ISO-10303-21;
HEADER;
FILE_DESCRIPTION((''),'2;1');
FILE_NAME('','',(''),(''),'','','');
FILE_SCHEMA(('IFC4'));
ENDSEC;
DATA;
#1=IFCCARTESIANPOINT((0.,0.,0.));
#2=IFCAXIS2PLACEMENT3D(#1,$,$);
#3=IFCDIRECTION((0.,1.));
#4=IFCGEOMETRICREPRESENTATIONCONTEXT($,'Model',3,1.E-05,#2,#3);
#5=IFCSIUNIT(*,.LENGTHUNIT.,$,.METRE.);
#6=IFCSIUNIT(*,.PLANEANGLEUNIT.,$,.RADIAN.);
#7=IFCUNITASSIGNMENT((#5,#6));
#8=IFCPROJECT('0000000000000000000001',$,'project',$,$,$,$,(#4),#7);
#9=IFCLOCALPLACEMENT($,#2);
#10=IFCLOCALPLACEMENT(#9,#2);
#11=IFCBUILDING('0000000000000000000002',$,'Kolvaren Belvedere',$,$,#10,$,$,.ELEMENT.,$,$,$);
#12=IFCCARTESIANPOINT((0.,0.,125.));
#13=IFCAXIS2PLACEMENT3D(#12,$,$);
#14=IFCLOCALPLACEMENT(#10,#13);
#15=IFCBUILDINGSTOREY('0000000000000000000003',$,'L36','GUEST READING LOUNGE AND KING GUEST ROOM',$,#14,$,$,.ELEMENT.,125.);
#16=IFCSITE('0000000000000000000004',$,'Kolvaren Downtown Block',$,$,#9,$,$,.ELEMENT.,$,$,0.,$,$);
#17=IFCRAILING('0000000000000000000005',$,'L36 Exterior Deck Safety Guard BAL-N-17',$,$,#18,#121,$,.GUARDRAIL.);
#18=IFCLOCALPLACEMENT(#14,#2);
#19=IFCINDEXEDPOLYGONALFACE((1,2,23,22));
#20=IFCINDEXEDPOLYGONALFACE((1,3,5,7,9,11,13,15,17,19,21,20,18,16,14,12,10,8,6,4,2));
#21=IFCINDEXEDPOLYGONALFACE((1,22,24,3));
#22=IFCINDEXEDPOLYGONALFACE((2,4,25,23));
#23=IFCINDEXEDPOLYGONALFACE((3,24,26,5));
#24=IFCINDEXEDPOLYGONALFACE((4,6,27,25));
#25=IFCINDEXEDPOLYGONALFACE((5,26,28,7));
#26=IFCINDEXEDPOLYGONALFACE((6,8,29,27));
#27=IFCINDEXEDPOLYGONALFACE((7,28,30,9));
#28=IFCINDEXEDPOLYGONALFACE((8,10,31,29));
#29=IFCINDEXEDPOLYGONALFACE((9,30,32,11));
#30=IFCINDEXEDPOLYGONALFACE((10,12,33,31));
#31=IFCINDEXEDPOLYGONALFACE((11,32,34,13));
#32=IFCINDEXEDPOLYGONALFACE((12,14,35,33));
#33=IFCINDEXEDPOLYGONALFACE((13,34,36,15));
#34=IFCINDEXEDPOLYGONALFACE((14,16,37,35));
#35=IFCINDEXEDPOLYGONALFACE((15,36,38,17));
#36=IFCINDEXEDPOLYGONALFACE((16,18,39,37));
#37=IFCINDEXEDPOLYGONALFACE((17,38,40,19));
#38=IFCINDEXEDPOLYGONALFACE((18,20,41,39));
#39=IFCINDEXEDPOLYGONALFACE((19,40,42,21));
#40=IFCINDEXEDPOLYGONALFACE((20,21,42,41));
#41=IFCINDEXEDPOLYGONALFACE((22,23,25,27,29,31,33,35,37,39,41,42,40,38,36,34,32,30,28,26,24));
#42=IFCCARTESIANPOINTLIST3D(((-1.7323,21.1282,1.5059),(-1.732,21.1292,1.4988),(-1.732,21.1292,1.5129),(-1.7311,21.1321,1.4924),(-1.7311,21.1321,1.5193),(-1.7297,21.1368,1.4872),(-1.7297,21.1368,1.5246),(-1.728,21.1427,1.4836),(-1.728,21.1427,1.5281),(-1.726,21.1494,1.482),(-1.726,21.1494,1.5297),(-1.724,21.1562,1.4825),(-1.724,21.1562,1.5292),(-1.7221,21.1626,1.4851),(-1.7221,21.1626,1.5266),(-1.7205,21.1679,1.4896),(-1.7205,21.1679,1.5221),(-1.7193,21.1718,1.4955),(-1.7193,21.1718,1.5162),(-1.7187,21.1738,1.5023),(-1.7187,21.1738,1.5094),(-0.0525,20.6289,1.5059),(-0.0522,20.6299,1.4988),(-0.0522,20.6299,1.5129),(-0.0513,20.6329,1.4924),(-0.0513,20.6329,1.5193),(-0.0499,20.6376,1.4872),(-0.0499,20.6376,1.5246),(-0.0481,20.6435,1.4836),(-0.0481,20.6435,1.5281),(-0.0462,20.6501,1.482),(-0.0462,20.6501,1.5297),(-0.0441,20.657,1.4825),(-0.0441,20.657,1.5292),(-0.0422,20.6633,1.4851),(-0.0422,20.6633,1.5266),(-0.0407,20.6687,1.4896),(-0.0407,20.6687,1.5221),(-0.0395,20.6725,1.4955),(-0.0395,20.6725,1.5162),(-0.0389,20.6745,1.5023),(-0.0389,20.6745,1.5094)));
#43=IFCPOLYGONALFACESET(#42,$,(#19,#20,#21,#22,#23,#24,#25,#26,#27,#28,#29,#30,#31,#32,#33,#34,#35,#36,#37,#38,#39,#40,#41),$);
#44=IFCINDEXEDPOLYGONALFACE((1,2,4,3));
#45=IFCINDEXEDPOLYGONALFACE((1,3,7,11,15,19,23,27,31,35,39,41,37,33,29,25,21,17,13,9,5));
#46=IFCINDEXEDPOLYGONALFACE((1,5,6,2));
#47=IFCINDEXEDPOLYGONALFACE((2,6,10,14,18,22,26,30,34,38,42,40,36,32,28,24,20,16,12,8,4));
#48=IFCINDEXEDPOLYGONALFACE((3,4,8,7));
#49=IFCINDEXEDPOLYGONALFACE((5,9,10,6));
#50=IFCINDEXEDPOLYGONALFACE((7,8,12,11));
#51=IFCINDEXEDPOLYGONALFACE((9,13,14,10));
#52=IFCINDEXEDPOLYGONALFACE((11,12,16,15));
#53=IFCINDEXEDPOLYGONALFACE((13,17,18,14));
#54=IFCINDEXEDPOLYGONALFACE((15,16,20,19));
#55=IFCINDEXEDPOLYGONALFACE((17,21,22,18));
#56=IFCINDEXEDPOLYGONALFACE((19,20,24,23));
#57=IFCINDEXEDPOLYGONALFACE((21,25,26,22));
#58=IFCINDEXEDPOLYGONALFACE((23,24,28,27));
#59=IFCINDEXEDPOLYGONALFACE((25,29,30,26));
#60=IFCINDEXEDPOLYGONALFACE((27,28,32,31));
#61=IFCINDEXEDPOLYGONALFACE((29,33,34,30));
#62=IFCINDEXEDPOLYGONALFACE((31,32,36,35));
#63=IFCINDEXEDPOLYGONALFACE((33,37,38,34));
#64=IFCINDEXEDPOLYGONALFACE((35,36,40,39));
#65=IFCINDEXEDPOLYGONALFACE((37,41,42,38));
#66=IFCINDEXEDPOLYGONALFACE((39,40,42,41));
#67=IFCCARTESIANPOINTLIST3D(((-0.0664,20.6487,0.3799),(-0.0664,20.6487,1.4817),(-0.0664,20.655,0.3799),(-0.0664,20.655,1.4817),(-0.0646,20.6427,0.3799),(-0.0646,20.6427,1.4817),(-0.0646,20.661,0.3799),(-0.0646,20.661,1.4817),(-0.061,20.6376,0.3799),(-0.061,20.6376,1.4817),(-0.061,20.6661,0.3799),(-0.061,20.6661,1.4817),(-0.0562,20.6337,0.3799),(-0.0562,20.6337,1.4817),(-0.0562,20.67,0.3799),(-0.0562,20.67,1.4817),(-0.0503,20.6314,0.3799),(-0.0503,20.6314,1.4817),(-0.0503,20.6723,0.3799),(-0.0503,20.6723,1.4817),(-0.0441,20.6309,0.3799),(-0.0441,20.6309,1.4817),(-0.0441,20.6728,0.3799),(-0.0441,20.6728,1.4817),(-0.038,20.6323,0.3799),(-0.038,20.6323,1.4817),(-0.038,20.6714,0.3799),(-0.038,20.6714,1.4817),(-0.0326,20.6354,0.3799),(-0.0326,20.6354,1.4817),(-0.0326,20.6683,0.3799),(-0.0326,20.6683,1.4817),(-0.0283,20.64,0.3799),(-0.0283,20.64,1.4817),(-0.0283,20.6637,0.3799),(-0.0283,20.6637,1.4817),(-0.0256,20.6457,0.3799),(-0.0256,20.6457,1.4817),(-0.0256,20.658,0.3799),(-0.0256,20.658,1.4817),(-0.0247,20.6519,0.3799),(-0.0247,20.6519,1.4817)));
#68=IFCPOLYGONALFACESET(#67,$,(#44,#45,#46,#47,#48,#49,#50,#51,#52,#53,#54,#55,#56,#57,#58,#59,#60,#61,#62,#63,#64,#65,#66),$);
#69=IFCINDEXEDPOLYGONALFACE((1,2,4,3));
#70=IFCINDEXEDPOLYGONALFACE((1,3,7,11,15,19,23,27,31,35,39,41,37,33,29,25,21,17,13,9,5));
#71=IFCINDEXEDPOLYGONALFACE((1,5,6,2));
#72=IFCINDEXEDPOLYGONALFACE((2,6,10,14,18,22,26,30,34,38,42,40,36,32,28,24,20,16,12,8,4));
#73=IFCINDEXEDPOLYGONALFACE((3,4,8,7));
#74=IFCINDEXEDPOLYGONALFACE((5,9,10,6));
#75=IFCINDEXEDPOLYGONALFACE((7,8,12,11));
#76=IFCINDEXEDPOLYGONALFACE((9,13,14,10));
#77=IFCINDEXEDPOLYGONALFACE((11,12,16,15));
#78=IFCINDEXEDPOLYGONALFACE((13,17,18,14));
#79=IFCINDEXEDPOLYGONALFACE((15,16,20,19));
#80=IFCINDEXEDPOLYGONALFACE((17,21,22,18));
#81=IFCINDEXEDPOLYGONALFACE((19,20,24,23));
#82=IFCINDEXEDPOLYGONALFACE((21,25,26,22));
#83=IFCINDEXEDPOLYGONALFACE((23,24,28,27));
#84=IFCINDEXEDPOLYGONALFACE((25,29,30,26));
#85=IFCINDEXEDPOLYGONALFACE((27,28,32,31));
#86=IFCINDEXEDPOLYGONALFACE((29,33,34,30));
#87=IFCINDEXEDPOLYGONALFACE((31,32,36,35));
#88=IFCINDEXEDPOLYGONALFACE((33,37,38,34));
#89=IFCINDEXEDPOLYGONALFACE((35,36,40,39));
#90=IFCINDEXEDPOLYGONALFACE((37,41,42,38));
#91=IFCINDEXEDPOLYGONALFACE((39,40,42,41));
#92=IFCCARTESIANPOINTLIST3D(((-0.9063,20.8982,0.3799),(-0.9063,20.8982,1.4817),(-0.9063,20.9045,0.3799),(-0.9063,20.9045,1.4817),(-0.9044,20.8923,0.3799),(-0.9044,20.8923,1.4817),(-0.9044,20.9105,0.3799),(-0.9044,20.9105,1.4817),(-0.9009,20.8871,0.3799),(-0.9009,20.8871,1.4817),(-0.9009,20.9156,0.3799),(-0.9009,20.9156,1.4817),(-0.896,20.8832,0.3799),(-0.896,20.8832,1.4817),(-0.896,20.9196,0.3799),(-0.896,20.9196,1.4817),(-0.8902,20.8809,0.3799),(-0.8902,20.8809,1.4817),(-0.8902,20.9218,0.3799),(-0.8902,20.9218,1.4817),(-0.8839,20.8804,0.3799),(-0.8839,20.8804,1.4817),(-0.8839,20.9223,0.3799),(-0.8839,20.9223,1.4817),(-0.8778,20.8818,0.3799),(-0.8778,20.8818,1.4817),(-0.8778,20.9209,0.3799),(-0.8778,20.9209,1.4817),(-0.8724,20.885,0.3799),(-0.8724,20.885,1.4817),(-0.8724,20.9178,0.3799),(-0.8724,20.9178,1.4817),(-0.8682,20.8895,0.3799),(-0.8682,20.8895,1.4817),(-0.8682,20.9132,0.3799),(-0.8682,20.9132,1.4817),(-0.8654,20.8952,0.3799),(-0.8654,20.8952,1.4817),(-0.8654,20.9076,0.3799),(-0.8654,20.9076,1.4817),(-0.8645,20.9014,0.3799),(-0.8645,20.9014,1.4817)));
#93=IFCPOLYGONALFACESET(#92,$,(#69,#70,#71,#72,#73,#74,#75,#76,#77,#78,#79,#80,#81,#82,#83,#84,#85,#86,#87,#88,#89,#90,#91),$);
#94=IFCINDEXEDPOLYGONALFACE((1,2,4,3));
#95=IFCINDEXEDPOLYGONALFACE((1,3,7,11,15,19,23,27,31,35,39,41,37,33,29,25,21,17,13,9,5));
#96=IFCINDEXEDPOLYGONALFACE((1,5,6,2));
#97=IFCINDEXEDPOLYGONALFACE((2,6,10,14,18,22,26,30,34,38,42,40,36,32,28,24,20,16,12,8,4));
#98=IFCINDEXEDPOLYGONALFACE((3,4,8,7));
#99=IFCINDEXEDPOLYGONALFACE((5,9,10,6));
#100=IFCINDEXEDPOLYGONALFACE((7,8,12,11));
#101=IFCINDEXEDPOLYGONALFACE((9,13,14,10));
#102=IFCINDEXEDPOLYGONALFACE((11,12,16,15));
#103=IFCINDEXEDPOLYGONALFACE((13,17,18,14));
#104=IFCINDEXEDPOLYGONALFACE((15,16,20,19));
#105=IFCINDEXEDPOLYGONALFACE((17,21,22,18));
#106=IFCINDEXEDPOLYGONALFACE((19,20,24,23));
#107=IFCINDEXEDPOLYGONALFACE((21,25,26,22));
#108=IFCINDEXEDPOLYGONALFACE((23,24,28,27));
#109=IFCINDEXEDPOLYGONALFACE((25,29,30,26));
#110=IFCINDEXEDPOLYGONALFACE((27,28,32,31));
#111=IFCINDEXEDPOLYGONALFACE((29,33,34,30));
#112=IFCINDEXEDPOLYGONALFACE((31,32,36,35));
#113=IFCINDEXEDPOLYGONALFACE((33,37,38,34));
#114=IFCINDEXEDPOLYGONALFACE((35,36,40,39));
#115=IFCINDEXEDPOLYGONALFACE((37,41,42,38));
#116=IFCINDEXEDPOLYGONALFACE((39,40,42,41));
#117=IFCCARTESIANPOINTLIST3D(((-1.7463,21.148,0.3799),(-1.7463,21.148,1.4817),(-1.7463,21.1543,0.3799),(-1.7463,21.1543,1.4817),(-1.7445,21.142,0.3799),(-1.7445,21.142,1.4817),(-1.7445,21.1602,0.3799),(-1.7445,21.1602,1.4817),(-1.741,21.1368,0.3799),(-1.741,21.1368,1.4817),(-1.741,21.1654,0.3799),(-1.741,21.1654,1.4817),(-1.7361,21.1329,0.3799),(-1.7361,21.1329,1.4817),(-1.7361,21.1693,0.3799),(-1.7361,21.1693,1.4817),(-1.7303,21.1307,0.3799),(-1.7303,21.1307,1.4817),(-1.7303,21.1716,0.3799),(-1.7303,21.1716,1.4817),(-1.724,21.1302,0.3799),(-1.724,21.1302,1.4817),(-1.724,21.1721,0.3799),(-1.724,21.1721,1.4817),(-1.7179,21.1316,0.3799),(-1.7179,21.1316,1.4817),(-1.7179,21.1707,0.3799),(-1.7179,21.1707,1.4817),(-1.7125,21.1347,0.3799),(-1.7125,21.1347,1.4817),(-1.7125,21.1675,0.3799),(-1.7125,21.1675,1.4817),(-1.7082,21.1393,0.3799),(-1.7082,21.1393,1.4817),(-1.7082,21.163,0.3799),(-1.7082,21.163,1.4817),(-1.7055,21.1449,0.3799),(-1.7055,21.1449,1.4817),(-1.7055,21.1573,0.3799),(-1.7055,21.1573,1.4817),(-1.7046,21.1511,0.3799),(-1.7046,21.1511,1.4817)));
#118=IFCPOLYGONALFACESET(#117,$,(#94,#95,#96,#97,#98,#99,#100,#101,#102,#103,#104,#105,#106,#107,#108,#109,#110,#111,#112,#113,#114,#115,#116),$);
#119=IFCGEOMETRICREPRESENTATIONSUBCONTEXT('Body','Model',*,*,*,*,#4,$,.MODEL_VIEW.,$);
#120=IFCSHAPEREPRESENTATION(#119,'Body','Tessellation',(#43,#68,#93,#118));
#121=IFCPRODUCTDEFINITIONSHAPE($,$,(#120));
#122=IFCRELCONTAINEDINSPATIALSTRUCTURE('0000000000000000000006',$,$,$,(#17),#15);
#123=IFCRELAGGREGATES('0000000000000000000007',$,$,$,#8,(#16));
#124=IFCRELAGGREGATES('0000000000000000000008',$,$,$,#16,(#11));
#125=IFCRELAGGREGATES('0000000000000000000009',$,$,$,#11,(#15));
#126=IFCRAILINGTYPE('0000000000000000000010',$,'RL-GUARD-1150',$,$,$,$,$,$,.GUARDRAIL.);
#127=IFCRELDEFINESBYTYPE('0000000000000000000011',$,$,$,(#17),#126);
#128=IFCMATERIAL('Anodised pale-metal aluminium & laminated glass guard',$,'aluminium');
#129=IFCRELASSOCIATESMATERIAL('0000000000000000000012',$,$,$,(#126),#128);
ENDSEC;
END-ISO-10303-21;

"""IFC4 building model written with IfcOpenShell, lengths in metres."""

from ifc_helpers import new_model, si_unit, direction, frame, origin, origin_2d, place, context, subcontext, project, spatial, circle, extrude, material, type_object, element, save


model = new_model("IFC4")

# Units and contexts
model_context = context("Model", 3, precision=1e-05, world=origin(), true_north=direction((0.0, 1.0)))
body_context = subcontext(model_context, "Body", "Model", "MODEL_VIEW")
ifc_project = project(units=[si_unit("LENGTHUNIT", "METRE"), si_unit("PLANEANGLEUNIT", "RADIAN")], contexts=[model_context])

# Site, building, storey
site_placement = place(None, origin())
site = spatial("IfcSite", under=ifc_project, at=site_placement, Name="Kolvaren Downtown Block", CompositionType="ELEMENT", RefElevation=0.0)
building_placement = place(site_placement, origin())
building = spatial("IfcBuilding", under=site, at=building_placement, Name="Kolvaren Belvedere", CompositionType="ELEMENT")
storey_placement = place(building_placement, frame((0.0, 0.0, 125.0)))
storey = spatial("IfcBuildingStorey", under=building, at=storey_placement, Name="L36", Description="GUEST READING LOUNGE AND KING GUEST ROOM", CompositionType="ELEMENT", Elevation=125.0)

# Railing
ifc_material_1 = material(Name="Anodised pale-metal aluminium & laminated glass guard", Category="aluminium")
railing_type = type_object("IfcRailingType", Name="RL-GUARD-1150", PredefinedType="GUARDRAIL", material=ifc_material_1)
railing_1_placement = place(storey_placement, frame((-0.0457, 20.6519, 0.3799)))
element("IfcRailing", 1, at=railing_1_placement, inside=storey, type_object=railing_type, Name="L36 Exterior Deck Safety Guard BAL-N-17", PredefinedType="GUARDRAIL", context=body_context, shape_type="SweptSolid", body=[
    extrude(circle(Radius=0.0239, at=origin_2d()), frame((0.0, 0.0, 1.126), z_axis=(-0.958563, 0.28488, 0.0), x_axis=(-0.28488, -0.958563, 0.0)), (0.0, 0.0, 1.0), 1.7524),
    extrude(circle(Radius=0.021, at=origin_2d()), origin(), (0.0, 0.0, 1.0), 1.1018),
    extrude(circle(Radius=0.021, at=origin_2d()), frame((-0.8398, 0.2495, 0.0)), (0.0, 0.0, 1.0), 1.1018),
    extrude(circle(Radius=0.021, at=origin_2d()), frame((-1.6799, 0.4993, 0.0)), (0.0, 0.0, 1.0), 1.1018),
])

save(model, "model.ifc")
